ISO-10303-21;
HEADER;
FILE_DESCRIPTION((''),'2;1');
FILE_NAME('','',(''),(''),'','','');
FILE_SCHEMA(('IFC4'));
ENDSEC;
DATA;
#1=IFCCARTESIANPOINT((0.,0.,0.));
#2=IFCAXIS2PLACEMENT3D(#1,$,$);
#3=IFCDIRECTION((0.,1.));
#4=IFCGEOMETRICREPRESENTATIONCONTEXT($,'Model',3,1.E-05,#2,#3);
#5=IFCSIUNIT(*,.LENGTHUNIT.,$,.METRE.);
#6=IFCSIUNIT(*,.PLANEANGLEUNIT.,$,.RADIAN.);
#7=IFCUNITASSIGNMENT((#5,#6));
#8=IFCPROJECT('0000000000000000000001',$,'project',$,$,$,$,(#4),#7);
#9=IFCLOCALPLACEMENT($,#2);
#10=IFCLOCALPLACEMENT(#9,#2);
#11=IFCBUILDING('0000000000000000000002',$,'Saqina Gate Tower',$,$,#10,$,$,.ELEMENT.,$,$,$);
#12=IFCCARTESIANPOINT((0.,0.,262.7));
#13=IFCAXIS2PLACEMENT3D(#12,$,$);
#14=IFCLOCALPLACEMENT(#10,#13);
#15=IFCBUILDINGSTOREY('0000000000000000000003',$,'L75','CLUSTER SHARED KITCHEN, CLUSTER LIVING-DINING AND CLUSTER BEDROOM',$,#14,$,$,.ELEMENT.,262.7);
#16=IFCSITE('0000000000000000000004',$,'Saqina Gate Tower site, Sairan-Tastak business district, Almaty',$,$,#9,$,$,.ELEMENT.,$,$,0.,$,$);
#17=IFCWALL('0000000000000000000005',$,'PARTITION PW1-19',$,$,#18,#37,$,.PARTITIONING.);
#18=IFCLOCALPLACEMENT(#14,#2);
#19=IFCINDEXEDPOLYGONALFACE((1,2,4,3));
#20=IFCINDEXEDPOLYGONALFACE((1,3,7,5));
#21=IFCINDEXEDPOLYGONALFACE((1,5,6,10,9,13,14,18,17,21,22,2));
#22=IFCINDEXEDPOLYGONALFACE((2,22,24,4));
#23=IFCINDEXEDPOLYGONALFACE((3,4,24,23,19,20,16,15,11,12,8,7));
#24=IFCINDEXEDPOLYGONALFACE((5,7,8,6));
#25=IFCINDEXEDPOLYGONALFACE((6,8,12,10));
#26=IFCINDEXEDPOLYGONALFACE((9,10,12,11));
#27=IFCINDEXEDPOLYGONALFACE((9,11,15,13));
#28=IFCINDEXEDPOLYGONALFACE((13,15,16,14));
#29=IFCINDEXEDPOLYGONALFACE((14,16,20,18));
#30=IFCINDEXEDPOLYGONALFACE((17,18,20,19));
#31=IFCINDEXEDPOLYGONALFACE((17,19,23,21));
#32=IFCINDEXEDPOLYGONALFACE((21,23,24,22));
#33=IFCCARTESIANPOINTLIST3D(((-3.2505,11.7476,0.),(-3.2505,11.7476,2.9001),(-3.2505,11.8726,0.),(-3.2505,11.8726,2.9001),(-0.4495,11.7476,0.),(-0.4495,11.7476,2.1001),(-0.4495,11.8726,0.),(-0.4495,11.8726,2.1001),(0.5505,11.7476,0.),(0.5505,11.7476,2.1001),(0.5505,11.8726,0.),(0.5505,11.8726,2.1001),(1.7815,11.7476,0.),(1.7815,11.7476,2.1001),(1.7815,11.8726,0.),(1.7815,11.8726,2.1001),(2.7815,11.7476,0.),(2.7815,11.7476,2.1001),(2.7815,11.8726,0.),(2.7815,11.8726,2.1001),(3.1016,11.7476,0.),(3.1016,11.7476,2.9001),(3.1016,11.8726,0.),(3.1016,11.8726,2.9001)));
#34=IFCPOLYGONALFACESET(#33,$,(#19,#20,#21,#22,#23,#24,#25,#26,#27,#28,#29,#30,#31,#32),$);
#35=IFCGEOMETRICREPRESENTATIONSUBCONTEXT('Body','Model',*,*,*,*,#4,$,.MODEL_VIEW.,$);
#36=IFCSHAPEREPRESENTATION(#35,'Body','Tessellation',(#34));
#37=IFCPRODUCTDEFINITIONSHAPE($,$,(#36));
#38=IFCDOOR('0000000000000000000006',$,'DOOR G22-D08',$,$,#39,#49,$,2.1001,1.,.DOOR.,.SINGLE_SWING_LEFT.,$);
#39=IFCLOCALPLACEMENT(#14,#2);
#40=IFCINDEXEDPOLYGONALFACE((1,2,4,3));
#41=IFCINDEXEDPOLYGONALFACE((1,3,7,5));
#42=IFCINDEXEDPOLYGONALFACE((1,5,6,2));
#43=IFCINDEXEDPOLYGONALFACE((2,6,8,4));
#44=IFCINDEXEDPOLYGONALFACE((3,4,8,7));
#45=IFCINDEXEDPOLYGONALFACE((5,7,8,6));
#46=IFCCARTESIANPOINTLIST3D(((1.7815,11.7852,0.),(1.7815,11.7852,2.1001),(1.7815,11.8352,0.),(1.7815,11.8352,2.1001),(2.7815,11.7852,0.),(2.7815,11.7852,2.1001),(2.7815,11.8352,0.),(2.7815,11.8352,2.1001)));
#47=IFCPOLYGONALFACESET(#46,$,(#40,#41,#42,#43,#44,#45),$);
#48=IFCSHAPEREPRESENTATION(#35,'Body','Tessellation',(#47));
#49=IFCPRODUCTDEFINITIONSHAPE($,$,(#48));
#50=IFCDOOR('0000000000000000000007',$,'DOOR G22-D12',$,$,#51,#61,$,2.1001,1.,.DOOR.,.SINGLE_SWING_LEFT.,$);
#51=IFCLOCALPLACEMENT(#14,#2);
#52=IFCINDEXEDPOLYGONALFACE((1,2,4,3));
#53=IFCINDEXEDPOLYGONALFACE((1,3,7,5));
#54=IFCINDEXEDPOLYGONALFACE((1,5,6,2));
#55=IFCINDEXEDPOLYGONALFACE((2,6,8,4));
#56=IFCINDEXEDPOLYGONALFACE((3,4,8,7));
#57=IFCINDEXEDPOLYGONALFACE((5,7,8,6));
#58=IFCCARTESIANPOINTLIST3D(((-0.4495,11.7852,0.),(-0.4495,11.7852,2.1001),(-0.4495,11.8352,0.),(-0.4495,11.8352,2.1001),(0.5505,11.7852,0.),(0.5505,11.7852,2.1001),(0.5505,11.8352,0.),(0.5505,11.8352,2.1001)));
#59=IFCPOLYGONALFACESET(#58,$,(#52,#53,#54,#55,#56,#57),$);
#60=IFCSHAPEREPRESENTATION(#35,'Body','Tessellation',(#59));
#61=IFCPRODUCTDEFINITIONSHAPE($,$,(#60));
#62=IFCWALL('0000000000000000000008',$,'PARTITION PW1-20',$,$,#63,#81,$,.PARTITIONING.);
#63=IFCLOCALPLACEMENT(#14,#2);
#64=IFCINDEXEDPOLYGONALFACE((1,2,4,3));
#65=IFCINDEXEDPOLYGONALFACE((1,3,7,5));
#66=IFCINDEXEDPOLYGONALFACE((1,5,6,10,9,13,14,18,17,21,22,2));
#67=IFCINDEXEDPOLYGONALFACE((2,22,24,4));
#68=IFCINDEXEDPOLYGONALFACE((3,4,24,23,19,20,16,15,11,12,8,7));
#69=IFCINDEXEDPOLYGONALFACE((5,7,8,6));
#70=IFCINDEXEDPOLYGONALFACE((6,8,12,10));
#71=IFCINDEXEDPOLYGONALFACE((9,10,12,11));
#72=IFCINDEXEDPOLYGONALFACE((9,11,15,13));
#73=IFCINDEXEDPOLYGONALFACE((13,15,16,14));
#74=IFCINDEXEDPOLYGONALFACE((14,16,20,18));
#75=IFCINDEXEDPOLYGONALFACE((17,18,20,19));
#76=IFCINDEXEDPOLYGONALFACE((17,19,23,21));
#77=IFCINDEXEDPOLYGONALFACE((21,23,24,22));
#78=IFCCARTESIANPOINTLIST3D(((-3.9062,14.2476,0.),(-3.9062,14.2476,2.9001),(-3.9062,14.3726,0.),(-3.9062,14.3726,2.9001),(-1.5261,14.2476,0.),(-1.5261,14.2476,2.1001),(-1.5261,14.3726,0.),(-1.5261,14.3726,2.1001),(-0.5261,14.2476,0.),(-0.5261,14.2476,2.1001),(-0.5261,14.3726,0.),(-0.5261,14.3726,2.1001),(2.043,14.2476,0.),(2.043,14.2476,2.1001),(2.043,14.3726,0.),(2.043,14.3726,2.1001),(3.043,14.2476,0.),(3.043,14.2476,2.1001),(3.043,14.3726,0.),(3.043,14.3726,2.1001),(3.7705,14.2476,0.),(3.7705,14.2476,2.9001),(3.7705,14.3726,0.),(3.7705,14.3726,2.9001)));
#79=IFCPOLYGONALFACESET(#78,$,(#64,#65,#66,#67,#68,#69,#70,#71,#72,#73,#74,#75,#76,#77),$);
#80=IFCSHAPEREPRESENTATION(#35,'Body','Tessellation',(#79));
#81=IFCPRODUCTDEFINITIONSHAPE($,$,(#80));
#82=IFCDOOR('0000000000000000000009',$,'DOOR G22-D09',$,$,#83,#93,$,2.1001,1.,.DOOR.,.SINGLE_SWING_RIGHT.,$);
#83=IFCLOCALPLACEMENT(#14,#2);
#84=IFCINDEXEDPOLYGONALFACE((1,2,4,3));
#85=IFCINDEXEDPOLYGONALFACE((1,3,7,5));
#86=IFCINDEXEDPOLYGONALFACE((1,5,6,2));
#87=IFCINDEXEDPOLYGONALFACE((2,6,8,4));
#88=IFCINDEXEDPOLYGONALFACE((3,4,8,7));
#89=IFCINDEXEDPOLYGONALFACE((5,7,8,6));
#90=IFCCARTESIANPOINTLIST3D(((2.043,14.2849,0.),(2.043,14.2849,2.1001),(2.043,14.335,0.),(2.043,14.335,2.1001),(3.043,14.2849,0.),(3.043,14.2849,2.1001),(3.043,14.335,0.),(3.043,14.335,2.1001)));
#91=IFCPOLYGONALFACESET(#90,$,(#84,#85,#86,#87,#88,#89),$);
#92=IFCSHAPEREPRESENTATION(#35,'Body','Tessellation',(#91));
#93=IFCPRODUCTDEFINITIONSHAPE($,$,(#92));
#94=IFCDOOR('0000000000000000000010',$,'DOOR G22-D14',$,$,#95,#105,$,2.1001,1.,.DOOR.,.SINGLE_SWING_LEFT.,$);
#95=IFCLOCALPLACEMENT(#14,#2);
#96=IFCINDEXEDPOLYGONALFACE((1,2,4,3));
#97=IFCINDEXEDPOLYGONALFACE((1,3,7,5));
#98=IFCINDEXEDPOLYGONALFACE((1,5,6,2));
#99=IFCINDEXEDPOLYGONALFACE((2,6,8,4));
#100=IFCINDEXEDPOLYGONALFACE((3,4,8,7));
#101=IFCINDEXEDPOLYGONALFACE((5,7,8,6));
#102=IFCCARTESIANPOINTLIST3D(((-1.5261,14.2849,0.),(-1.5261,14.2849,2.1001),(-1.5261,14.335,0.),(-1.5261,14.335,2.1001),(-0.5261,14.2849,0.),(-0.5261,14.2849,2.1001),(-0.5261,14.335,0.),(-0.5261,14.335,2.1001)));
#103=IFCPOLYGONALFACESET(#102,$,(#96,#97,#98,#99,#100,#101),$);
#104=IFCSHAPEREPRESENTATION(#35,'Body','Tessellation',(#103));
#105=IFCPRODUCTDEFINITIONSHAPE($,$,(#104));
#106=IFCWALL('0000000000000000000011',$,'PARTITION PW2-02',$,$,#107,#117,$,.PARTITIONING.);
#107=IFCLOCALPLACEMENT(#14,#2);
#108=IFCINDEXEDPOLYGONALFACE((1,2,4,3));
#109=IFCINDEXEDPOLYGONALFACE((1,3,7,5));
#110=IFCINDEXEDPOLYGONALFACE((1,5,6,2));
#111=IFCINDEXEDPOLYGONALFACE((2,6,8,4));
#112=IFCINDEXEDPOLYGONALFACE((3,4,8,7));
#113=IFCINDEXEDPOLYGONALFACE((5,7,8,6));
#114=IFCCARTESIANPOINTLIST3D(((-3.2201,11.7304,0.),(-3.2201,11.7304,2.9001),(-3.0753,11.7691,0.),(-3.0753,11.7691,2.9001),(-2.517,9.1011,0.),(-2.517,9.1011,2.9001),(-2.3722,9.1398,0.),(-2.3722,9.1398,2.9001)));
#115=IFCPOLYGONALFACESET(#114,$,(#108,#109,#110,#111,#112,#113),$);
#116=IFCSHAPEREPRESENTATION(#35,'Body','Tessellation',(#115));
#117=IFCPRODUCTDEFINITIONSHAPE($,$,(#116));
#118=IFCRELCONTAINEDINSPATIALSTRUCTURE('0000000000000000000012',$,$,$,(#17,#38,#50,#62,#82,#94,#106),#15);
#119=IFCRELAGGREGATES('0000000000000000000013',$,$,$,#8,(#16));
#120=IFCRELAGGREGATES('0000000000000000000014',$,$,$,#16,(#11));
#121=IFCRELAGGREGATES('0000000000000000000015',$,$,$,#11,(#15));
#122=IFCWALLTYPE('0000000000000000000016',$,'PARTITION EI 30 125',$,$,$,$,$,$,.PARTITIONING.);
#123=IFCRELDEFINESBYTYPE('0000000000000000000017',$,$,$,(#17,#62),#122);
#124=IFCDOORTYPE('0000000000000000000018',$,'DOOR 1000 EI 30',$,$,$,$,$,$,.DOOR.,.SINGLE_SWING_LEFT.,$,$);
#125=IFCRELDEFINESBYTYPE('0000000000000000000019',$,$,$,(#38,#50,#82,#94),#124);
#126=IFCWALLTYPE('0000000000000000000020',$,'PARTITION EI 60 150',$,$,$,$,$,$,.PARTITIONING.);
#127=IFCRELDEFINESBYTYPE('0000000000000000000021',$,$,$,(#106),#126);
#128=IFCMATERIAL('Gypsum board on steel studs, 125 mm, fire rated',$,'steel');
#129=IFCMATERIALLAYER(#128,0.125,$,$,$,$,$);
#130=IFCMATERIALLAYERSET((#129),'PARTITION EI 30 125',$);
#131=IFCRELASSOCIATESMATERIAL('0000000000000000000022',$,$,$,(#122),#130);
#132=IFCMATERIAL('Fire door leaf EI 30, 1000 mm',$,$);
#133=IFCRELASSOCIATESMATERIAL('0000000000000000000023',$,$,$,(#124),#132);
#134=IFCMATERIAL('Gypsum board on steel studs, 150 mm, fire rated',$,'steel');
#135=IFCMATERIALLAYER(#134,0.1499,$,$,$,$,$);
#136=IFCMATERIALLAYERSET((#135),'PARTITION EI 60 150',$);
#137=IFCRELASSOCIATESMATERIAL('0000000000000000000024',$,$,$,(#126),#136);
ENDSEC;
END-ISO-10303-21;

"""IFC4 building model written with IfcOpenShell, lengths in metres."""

from ifc_helpers import new_model, si_unit, direction, frame, frame_2d, origin, place, context, subcontext, project, spatial, rectangle, extrude, material, layer, layer_set, type_object, element, fill, save


model = new_model("IFC4")

# Units and contexts
model_context = context("Model", 3, precision=1e-05, world=origin(), true_north=direction((0.0, 1.0)))
body_context = subcontext(model_context, "Body", "Model", "MODEL_VIEW")
ifc_project = project(units=[si_unit("LENGTHUNIT", "METRE"), si_unit("PLANEANGLEUNIT", "RADIAN")], contexts=[model_context])

# Site, building, storey
site_placement = place(None, origin())
site = spatial("IfcSite", under=ifc_project, at=site_placement, Name="Saqina Gate Tower site, Sairan-Tastak business district, Almaty", CompositionType="ELEMENT", RefElevation=0.0)
building_placement = place(site_placement, origin())
building = spatial("IfcBuilding", under=site, at=building_placement, Name="Saqina Gate Tower", CompositionType="ELEMENT")
storey_placement = place(building_placement, frame((0.0, 0.0, 262.7)))
storey = spatial("IfcBuildingStorey", under=building, at=storey_placement, Name="L75", Description="CLUSTER SHARED KITCHEN, CLUSTER LIVING-DINING AND CLUSTER BEDROOM", CompositionType="ELEMENT", Elevation=262.7)

# Walls, openings, doors
ifc_material_1 = material(Name="Gypsum board on steel studs, 125 mm, fire rated", Category="steel")
ifc_layer_1 = layer(ifc_material_1, 0.125)
ifc_layer_set_1 = layer_set([ifc_layer_1], Name="PARTITION EI 30 125")
wall_type_1 = type_object("IfcWallType", Name="PARTITION EI 30 125", PredefinedType="PARTITIONING", material=ifc_layer_set_1)
wall_1_placement = place(storey_placement, frame((-3.2505, 11.8101, 0.0), z_axis=(0.0, 0.0, 1.0), x_axis=(1.0, 0.0, 0.0)))
wall_1 = element("IfcWall", 1, at=wall_1_placement, inside=storey, type_object=wall_type_1, Name="PARTITION PW1-19", PredefinedType="PARTITIONING", context=body_context, shape_type="SweptSolid", body=[
    extrude(rectangle(XDim=6.3521, YDim=0.125, at=frame_2d((3.176, 0.0))), origin(), (0.0, 0.0, 1.0), 2.9001),
])
opening_1_placement = place(wall_1_placement, frame((5.032, 0.0, 0.0)))
opening_1 = element("IfcOpeningElement", 2, at=opening_1_placement, cuts=wall_1, PredefinedType="OPENING", context=body_context, shape_type="SweptSolid", body=[
    extrude(rectangle(XDim=1.0, YDim=2.1001, at=frame_2d((0.5, 1.05))), frame((0.0, 0.0745, 0.0), z_axis=(0.0, -1.0, 0.0), x_axis=(1.0, 0.0, 0.0)), (0.0, 0.0, 1.0), 0.1489),
])
opening_2_placement = place(wall_1_placement, frame((2.801, 0.0, 0.0)))
opening_2 = element("IfcOpeningElement", 3, at=opening_2_placement, cuts=wall_1, PredefinedType="OPENING", context=body_context, shape_type="SweptSolid", body=[
    extrude(rectangle(XDim=1.0, YDim=2.1001, at=frame_2d((0.5, 1.05))), frame((0.0, 0.0745, 0.0), z_axis=(0.0, -1.0, 0.0), x_axis=(1.0, 0.0, 0.0)), (0.0, 0.0, 1.0), 0.1489),
])
ifc_material_2 = material(Name="Fire door leaf EI 30, 1000 mm")
door_type_1 = type_object("IfcDoorType", Name="DOOR 1000 EI 30", OperationType="SINGLE_SWING_LEFT", PredefinedType="DOOR", material=ifc_material_2)
door_1_placement = place(opening_1_placement, frame((1.0, 0.0, 0.0), z_axis=(0.0, 0.0, 1.0), x_axis=(-1.0, 0.0, 0.0)))
door_1 = element("IfcDoor", 4, at=door_1_placement, inside=storey, type_object=door_type_1, Name="DOOR G22-D08", OperationType="SINGLE_SWING_LEFT", OverallHeight=2.1001, OverallWidth=1.0, PredefinedType="DOOR", context=body_context, shape_type="SweptSolid", body=[
    extrude(rectangle(XDim=1.0, YDim=2.1001, at=frame_2d((0.5, 1.05))), frame((0.0, 0.0249, 0.0), z_axis=(0.0, -1.0, 0.0), x_axis=(1.0, 0.0, 0.0)), (0.0, 0.0, 1.0), 0.05),
])
fill(opening_1, door_1)
door_2_placement = place(opening_2_placement, frame((1.0, 0.0, 0.0), z_axis=(0.0, 0.0, 1.0), x_axis=(-1.0, 0.0, 0.0)))
door_2 = element("IfcDoor", 5, at=door_2_placement, inside=storey, type_object=door_type_1, Name="DOOR G22-D12", OperationType="SINGLE_SWING_LEFT", OverallHeight=2.1001, OverallWidth=1.0, PredefinedType="DOOR", context=body_context, shape_type="SweptSolid", body=[
    extrude(rectangle(XDim=1.0, YDim=2.1001, at=frame_2d((0.5, 1.05))), frame((0.0, 0.0249, 0.0), z_axis=(0.0, -1.0, 0.0), x_axis=(1.0, 0.0, 0.0)), (0.0, 0.0, 1.0), 0.05),
])
fill(opening_2, door_2)
wall_2_placement = place(storey_placement, frame((-3.9062, 14.3101, 0.0), z_axis=(0.0, 0.0, 1.0), x_axis=(1.0, 0.0, 0.0)))
wall_2 = element("IfcWall", 6, at=wall_2_placement, inside=storey, type_object=wall_type_1, Name="PARTITION PW1-20", PredefinedType="PARTITIONING", context=body_context, shape_type="SweptSolid", body=[
    extrude(rectangle(XDim=7.6768, YDim=0.125, at=frame_2d((3.8384, 0.0))), origin(), (0.0, 0.0, 1.0), 2.9001),
])
opening_3_placement = place(wall_2_placement, frame((5.9492, 0.0, 0.0)))
opening_3 = element("IfcOpeningElement", 7, at=opening_3_placement, cuts=wall_2, PredefinedType="OPENING", context=body_context, shape_type="SweptSolid", body=[
    extrude(rectangle(XDim=1.0, YDim=2.1001, at=frame_2d((0.5, 1.05))), frame((0.0, 0.0745, 0.0), z_axis=(0.0, -1.0, 0.0), x_axis=(1.0, 0.0, 0.0)), (0.0, 0.0, 1.0), 0.1489),
])
opening_4_placement = place(wall_2_placement, frame((2.3801, 0.0, 0.0)))
opening_4 = element("IfcOpeningElement", 8, at=opening_4_placement, cuts=wall_2, PredefinedType="OPENING", context=body_context, shape_type="SweptSolid", body=[
    extrude(rectangle(XDim=1.0, YDim=2.1001, at=frame_2d((0.5, 1.05))), frame((0.0, 0.0745, 0.0), z_axis=(0.0, -1.0, 0.0), x_axis=(1.0, 0.0, 0.0)), (0.0, 0.0, 1.0), 0.1489),
])
door_3_placement = place(opening_3_placement, origin())
door_3 = element("IfcDoor", 9, at=door_3_placement, inside=storey, type_object=door_type_1, Name="DOOR G22-D09", OperationType="SINGLE_SWING_RIGHT", OverallHeight=2.1001, OverallWidth=1.0, PredefinedType="DOOR", context=body_context, shape_type="SweptSolid", body=[
    extrude(rectangle(XDim=1.0, YDim=2.1001, at=frame_2d((0.5, 1.05))), frame((0.0, 0.0249, 0.0), z_axis=(0.0, -1.0, 0.0), x_axis=(1.0, 0.0, 0.0)), (0.0, 0.0, 1.0), 0.05),
])
fill(opening_3, door_3)
door_4_placement = place(opening_4_placement, origin())
door_4 = element("IfcDoor", 10, at=door_4_placement, inside=storey, type_object=door_type_1, Name="DOOR G22-D14", OperationType="SINGLE_SWING_LEFT", OverallHeight=2.1001, OverallWidth=1.0, PredefinedType="DOOR", context=body_context, shape_type="SweptSolid", body=[
    extrude(rectangle(XDim=1.0, YDim=2.1001, at=frame_2d((0.5, 1.05))), frame((0.0, 0.0249, 0.0), z_axis=(0.0, -1.0, 0.0), x_axis=(1.0, 0.0, 0.0)), (0.0, 0.0, 1.0), 0.05),
])
fill(opening_4, door_4)

# Wall
ifc_material_3 = material(Name="Gypsum board on steel studs, 150 mm, fire rated", Category="steel")
ifc_layer_2 = layer(ifc_material_3, 0.1499)
ifc_layer_set_2 = layer_set([ifc_layer_2], Name="PARTITION EI 60 150")
wall_type_2 = type_object("IfcWallType", Name="PARTITION EI 60 150", PredefinedType="PARTITIONING", material=ifc_layer_set_2)
wall_3_placement = place(storey_placement, frame((-3.1477, 11.7498, 0.0), z_axis=(0.0, 0.0, 1.0), x_axis=(0.258333, -0.966056, 0.0)))
element("IfcWall", 11, at=wall_3_placement, inside=storey, type_object=wall_type_2, Name="PARTITION PW2-02", PredefinedType="PARTITIONING", context=body_context, shape_type="SweptSolid", body=[
    extrude(rectangle(XDim=2.7217, YDim=0.1499, at=frame_2d((1.3608, 0.0))), origin(), (0.0, 0.0, 1.0), 2.9001),
])

save(model, "model.ifc")
